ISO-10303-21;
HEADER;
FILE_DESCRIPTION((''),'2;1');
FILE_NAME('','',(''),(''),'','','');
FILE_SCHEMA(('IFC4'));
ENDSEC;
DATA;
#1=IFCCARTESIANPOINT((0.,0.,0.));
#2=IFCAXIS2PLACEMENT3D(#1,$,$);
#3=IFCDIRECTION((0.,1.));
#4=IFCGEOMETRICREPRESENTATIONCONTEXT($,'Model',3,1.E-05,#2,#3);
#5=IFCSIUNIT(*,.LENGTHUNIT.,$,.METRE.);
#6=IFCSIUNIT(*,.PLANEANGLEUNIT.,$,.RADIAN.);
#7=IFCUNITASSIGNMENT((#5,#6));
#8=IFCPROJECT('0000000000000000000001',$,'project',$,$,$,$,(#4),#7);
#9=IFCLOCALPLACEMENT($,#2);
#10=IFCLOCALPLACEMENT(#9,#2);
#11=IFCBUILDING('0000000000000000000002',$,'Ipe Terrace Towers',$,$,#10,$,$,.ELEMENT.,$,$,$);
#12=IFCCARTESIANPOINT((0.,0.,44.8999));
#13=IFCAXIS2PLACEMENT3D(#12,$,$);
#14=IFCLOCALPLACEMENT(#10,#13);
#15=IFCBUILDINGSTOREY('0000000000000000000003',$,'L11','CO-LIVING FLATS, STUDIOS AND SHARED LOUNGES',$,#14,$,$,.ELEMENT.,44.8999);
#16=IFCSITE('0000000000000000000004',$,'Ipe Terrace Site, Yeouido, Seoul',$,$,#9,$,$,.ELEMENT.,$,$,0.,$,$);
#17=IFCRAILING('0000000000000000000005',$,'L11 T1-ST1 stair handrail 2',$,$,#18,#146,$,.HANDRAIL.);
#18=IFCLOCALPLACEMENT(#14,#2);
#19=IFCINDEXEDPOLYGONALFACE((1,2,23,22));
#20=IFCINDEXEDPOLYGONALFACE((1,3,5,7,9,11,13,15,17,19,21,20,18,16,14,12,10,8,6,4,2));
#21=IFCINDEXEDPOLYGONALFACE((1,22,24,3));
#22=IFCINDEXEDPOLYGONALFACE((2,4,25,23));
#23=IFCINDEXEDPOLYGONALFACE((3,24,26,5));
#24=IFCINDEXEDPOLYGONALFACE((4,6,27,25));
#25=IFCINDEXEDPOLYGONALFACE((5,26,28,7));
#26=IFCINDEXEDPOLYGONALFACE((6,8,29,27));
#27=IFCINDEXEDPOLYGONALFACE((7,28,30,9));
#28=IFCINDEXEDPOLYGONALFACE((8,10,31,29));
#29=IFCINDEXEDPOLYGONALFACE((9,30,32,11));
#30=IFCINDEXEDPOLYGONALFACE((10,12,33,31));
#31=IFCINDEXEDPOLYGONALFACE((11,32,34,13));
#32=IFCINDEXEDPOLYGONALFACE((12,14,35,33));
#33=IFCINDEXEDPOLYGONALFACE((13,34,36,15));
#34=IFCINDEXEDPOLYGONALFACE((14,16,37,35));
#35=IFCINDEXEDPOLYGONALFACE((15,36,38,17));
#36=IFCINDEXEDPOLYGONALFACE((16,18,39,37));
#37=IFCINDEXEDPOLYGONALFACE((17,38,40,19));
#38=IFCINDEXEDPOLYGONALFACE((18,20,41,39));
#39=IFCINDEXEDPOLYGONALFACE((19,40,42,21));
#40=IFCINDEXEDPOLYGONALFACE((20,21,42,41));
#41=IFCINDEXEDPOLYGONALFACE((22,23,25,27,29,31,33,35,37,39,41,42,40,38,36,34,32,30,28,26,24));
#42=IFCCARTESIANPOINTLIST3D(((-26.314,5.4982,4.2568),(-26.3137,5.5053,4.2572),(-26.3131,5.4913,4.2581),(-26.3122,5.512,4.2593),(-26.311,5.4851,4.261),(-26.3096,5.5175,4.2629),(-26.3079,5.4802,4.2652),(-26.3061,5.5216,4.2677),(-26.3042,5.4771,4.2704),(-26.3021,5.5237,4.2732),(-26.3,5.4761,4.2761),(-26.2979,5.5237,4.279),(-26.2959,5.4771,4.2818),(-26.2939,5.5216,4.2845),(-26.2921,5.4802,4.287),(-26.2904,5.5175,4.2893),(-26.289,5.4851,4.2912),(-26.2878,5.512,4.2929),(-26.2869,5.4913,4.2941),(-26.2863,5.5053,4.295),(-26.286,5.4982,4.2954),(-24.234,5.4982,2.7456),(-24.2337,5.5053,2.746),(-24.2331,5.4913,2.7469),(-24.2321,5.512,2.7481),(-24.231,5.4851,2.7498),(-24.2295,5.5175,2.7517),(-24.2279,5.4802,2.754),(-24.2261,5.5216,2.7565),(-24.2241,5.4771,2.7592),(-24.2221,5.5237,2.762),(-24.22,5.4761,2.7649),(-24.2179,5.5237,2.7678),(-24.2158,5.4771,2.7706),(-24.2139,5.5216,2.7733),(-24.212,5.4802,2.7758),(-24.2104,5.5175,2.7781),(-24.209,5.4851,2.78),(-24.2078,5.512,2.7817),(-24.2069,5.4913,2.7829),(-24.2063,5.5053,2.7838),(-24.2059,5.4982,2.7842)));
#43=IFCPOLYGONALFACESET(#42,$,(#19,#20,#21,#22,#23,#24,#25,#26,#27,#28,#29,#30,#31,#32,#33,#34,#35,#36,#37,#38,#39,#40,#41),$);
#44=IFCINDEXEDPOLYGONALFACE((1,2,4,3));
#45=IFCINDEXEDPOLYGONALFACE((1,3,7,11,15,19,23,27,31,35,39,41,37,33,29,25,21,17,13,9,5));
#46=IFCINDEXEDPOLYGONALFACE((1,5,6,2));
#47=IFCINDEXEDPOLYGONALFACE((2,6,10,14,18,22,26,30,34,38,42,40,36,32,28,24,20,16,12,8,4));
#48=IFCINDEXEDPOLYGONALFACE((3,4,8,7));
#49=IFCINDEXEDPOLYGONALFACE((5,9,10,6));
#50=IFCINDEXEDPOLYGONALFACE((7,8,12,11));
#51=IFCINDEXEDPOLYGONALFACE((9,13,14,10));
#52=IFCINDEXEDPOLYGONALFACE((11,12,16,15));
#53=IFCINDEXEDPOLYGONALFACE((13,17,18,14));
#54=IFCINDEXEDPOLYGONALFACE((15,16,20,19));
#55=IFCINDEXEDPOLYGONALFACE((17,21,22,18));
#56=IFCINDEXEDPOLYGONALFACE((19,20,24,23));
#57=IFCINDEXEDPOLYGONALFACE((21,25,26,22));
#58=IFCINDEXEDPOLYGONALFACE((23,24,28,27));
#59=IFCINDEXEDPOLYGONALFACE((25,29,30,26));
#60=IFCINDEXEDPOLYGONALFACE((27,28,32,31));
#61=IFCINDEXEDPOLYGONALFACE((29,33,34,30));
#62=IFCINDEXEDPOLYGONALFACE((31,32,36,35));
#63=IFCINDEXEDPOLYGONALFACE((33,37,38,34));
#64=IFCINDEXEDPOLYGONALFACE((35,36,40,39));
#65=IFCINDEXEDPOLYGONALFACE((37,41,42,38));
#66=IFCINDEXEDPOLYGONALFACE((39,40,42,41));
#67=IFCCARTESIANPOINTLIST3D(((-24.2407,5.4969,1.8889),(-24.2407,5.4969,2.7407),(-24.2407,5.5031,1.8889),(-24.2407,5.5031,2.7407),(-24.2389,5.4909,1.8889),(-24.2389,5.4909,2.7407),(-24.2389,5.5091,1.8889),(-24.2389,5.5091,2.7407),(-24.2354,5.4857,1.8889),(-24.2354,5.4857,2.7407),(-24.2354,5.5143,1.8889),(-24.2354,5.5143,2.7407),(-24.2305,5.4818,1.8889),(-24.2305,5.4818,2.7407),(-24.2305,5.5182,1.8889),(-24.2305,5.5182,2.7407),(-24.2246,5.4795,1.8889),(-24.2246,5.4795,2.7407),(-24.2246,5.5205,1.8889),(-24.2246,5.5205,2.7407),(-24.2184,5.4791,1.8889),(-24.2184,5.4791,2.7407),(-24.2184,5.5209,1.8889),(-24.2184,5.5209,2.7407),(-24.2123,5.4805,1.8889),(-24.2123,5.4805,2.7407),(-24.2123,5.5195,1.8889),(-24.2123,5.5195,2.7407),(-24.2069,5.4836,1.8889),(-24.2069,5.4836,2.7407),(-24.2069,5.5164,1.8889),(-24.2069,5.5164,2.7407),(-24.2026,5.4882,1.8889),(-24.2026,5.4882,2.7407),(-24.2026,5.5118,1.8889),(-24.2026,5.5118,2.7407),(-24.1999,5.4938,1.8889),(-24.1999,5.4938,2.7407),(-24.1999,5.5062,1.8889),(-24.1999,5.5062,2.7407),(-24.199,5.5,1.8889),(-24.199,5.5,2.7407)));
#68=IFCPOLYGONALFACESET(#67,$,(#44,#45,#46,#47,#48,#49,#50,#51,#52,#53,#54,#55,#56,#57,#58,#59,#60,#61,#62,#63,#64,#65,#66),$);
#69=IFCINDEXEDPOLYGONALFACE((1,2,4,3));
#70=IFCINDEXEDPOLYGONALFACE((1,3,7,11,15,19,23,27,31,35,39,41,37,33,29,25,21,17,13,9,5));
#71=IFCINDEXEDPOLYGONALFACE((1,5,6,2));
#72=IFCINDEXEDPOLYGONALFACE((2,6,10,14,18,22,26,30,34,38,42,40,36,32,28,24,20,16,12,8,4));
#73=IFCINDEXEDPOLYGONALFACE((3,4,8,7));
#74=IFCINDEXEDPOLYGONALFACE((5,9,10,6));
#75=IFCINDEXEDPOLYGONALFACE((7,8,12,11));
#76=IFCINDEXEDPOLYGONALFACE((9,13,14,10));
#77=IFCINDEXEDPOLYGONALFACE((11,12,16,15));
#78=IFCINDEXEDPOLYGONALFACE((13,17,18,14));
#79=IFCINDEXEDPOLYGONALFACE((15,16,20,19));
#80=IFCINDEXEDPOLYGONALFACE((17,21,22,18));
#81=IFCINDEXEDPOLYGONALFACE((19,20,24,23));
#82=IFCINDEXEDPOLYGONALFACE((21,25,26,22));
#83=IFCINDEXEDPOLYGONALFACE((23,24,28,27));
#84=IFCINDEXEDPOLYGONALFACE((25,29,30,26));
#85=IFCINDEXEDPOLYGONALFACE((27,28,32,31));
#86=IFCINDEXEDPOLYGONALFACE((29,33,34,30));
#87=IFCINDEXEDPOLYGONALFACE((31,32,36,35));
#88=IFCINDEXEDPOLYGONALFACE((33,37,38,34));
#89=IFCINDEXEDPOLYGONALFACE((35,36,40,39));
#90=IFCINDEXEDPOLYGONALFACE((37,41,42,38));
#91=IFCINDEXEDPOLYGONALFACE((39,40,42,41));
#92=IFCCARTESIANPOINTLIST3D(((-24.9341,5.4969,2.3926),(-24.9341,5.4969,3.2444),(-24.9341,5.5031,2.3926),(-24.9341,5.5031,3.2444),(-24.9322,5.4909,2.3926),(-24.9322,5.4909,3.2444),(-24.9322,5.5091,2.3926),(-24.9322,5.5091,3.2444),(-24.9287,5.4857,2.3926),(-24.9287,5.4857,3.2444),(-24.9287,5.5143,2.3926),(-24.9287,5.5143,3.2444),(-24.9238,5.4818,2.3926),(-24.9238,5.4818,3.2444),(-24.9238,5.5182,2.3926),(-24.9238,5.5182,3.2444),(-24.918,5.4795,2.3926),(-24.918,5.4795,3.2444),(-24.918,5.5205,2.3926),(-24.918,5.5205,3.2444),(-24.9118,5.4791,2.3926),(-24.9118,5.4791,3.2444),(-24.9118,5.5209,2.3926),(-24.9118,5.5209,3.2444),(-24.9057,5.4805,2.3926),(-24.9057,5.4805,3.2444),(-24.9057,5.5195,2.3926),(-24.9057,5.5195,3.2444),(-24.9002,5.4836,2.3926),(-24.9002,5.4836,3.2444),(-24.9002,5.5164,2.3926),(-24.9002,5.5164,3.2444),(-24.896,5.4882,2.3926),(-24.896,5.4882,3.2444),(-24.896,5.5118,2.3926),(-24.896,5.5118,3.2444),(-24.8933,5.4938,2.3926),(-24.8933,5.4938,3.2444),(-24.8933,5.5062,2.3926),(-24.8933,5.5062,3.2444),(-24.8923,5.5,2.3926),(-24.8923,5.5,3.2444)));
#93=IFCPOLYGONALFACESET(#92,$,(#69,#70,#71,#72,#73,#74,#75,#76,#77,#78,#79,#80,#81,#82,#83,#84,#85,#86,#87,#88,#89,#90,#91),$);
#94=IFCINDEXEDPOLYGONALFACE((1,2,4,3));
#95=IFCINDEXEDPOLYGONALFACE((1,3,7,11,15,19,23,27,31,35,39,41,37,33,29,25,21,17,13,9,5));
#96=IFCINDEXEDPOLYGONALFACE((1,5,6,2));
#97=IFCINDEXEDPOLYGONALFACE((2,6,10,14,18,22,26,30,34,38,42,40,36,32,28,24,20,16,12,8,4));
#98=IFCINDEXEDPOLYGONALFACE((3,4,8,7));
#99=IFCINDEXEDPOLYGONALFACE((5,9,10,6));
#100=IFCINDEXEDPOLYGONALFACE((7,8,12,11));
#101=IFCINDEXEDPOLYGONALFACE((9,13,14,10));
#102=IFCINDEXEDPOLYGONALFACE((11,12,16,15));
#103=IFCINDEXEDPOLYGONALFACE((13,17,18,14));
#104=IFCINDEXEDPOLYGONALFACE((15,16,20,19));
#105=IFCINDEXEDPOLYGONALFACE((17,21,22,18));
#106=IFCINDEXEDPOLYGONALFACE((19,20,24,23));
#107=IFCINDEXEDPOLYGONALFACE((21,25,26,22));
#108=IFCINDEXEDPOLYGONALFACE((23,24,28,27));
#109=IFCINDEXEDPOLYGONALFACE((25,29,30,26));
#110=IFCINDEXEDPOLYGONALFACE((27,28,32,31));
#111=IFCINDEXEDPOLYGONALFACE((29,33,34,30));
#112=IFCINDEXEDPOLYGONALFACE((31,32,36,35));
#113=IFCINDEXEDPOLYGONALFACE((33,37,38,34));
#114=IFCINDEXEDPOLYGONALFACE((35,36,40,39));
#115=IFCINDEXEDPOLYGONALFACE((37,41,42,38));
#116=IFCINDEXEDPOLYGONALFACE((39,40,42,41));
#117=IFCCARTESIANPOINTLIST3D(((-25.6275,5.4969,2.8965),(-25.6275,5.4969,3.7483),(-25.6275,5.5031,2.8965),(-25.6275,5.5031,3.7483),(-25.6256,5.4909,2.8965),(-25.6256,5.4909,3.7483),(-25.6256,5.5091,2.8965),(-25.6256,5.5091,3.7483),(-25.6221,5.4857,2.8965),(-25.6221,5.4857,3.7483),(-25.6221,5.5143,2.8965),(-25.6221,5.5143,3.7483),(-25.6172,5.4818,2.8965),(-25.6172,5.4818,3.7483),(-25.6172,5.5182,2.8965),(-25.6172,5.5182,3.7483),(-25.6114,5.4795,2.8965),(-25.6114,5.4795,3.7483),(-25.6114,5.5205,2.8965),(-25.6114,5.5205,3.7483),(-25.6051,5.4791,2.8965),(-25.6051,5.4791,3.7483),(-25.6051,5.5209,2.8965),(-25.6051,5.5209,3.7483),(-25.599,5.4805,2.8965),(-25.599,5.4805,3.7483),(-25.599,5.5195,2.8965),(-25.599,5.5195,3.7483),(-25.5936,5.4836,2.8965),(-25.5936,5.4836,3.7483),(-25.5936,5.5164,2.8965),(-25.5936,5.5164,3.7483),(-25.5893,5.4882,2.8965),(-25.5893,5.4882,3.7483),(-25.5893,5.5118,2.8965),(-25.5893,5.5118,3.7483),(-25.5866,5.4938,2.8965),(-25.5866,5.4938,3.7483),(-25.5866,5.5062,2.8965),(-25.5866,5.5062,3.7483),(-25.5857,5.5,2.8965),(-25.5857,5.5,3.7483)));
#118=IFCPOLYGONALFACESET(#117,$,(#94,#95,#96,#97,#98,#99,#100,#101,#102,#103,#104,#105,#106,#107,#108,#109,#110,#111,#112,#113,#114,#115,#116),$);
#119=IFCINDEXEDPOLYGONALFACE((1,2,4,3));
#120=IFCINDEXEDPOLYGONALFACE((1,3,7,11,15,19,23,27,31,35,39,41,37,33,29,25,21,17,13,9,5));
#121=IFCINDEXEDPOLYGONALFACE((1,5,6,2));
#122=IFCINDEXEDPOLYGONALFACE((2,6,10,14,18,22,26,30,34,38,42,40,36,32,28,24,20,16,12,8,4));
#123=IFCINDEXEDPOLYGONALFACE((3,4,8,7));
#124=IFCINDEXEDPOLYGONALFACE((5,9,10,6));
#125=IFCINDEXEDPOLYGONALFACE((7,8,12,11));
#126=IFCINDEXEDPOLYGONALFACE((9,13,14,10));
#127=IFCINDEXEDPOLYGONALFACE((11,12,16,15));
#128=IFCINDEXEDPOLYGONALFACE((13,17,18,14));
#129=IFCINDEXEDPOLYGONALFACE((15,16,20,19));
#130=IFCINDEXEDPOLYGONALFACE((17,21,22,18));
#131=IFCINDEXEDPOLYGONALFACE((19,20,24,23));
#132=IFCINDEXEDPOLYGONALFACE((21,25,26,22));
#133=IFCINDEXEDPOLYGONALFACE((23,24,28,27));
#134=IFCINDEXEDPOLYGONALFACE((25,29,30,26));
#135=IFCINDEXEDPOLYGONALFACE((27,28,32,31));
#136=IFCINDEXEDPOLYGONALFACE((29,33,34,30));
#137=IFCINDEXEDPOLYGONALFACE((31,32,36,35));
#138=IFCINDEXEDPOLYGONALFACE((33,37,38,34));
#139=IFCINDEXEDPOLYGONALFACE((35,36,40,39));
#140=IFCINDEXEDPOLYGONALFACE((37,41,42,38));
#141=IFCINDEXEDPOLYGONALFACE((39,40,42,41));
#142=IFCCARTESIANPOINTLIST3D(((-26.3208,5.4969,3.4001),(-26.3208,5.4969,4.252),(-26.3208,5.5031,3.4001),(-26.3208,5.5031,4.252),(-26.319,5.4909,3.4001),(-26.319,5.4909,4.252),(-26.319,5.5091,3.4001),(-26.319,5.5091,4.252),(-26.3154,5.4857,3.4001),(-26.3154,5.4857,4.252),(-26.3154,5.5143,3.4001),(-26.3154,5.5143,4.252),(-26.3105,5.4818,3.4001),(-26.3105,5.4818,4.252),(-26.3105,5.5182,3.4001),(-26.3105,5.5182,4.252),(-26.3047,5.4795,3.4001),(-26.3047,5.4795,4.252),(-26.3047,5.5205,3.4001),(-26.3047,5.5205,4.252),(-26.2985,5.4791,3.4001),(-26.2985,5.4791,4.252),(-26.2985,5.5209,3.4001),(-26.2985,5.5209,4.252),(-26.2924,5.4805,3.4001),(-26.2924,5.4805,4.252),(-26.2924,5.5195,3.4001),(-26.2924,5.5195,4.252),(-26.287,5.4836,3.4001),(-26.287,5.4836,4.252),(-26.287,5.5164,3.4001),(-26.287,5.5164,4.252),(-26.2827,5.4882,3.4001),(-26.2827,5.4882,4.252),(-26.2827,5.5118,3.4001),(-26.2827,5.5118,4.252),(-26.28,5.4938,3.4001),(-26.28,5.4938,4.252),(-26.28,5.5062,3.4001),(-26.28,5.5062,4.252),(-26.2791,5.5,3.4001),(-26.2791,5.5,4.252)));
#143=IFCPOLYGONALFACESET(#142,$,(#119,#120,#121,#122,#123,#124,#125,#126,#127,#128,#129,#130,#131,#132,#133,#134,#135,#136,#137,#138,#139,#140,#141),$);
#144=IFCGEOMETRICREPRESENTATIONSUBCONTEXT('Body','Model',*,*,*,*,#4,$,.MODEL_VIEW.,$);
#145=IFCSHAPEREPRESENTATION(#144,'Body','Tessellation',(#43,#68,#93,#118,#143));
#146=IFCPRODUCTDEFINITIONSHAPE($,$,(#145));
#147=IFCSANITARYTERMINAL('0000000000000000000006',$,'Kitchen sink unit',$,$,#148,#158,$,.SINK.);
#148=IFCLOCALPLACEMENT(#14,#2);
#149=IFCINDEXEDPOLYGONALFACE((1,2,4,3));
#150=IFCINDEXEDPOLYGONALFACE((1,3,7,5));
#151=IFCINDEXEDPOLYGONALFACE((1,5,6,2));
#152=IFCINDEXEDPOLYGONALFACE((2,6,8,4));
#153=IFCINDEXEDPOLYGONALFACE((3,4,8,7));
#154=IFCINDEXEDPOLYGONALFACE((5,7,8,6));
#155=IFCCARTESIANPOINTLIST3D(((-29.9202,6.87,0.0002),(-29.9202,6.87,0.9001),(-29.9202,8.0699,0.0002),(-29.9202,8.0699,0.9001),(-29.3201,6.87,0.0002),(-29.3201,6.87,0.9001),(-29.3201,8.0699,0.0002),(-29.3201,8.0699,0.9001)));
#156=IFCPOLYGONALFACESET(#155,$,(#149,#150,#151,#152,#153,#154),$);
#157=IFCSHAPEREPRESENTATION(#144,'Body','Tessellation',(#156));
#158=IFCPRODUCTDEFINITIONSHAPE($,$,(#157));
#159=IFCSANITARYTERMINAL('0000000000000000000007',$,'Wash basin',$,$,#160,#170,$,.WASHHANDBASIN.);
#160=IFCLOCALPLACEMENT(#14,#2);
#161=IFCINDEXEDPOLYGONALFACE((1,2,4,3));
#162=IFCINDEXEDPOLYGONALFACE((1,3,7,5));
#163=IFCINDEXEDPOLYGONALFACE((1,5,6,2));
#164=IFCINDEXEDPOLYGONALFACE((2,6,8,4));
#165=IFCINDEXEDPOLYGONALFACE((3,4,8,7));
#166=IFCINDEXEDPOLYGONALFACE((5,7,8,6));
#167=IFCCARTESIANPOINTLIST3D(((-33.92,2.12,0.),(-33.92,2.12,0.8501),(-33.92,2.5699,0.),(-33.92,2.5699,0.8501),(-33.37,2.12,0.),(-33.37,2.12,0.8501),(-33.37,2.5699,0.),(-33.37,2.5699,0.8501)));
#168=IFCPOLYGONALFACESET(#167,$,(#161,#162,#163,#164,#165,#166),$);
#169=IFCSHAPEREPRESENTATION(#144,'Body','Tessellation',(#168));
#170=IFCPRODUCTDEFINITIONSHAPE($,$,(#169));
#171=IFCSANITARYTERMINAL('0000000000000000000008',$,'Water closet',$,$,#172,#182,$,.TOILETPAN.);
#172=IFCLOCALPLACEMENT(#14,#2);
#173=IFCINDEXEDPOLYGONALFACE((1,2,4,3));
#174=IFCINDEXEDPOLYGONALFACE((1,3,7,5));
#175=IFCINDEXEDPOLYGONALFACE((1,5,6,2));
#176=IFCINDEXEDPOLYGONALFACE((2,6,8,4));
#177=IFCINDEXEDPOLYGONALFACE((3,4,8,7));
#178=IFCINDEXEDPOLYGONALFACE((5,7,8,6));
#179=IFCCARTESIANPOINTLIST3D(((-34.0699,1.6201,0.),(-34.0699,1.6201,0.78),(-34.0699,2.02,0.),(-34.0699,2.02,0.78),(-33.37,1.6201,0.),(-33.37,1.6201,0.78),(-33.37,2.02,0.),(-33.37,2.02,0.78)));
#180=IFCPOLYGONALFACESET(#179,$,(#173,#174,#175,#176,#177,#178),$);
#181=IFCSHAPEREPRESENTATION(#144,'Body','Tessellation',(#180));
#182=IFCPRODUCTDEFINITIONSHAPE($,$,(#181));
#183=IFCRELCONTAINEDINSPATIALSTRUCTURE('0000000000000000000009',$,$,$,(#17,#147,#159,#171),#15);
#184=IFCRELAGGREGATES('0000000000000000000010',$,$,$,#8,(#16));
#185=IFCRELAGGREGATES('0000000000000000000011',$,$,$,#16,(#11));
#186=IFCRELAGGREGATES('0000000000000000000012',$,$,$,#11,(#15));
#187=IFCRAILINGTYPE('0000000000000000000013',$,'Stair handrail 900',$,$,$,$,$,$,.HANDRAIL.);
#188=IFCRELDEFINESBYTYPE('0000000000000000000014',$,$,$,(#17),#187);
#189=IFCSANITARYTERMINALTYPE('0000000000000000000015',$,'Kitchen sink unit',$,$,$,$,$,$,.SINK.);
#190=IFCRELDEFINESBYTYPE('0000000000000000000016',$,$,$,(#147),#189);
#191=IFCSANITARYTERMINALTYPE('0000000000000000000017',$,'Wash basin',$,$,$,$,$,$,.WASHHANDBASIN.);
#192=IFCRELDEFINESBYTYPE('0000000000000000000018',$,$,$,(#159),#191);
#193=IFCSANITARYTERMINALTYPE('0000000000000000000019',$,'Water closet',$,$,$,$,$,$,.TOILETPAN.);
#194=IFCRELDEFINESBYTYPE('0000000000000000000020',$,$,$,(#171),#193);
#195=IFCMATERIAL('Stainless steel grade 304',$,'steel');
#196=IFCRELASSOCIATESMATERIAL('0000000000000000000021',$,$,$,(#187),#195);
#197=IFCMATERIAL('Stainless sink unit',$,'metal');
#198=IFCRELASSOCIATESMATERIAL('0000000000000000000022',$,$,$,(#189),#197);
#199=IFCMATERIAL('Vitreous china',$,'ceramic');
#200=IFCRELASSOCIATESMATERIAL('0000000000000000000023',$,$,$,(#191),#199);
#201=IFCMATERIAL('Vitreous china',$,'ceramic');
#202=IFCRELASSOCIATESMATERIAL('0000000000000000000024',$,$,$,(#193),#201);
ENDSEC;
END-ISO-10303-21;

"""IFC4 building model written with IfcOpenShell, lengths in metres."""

from ifc_helpers import new_model, si_unit, direction, frame, origin, origin_2d, place, context, subcontext, project, spatial, rectangle, circle, extrude, material, type_object, element, save


model = new_model("IFC4")

# Units and contexts
model_context = context("Model", 3, precision=1e-05, world=origin(), true_north=direction((0.0, 1.0)))
body_context = subcontext(model_context, "Body", "Model", "MODEL_VIEW")
ifc_project = project(units=[si_unit("LENGTHUNIT", "METRE"), si_unit("PLANEANGLEUNIT", "RADIAN")], contexts=[model_context])

# Site, building, storey
site_placement = place(None, origin())
site = spatial("IfcSite", under=ifc_project, at=site_placement, Name="Ipe Terrace Site, Yeouido, Seoul", CompositionType="ELEMENT", RefElevation=0.0)
building_placement = place(site_placement, origin())
building = spatial("IfcBuilding", under=site, at=building_placement, Name="Ipe Terrace Towers", CompositionType="ELEMENT")
storey_placement = place(building_placement, frame((0.0, 0.0, 44.8999)))
storey = spatial("IfcBuildingStorey", under=building, at=storey_placement, Name="L11", Description="CO-LIVING FLATS, STUDIOS AND SHARED LOUNGES", CompositionType="ELEMENT", Elevation=44.8999)

# Railing
ifc_material_1 = material(Name="Stainless steel grade 304", Category="steel")
railing_type_1 = type_object("IfcRailingType", Name="Stair handrail 900", PredefinedType="HANDRAIL", material=ifc_material_1)
railing_1_placement = place(storey_placement, frame((-24.22, 5.5, 1.8889)))
element("IfcRailing", 1, at=railing_1_placement, inside=storey, type_object=railing_type_1, Name="L11 T1-ST1 stair handrail 2", PredefinedType="HANDRAIL", context=body_context, shape_type="SweptSolid", body=[
    extrude(circle(Radius=0.0239, at=origin_2d()), frame((0.0, 0.0, 0.876), z_axis=(-0.809023, 0.0, 0.587776), x_axis=(0.0, -1.0, 0.0)), (0.0, 0.0, 1.0), 2.571),
    extrude(circle(Radius=0.021, at=origin_2d()), origin(), (0.0, 0.0, 1.0), 0.8518),
    extrude(circle(Radius=0.021, at=origin_2d()), frame((-0.6934, 0.0, 0.5037)), (0.0, 0.0, 1.0), 0.8518),
    extrude(circle(Radius=0.021, at=origin_2d()), frame((-1.3867, 0.0, 1.0076)), (0.0, 0.0, 1.0), 0.8518),
    extrude(circle(Radius=0.021, at=origin_2d()), frame((-2.0801, 0.0, 1.5112)), (0.0, 0.0, 1.0), 0.8518),
])

# Sanitary terminals
ifc_material_2 = material(Name="Stainless sink unit", Category="metal")
sanitary_terminal_type_1 = type_object("IfcSanitaryTerminalType", Name="Kitchen sink unit", PredefinedType="SINK", material=ifc_material_2)
sanitary_terminal_1_placement = place(storey_placement, frame((-29.6201, 7.47, 0.0002), z_axis=(0.0, 0.0, 1.0), x_axis=(0.0, -1.0, 0.0)))
element("IfcSanitaryTerminal", 2, at=sanitary_terminal_1_placement, inside=storey, type_object=sanitary_terminal_type_1, Name="Kitchen sink unit", PredefinedType="SINK", context=body_context, shape_type="SweptSolid", body=[
    extrude(rectangle(XDim=1.2, YDim=0.6001, at=origin_2d()), origin(), (0.0, 0.0, 1.0), 0.8999),
])
ifc_material_3 = material(Name="Vitreous china", Category="ceramic")
sanitary_terminal_type_2 = type_object("IfcSanitaryTerminalType", Name="Wash basin", PredefinedType="WASHHANDBASIN", material=ifc_material_3)
sanitary_terminal_2_placement = place(storey_placement, frame((-33.645, 2.345, 0.0), z_axis=(0.0, 0.0, 1.0), x_axis=(-1.0, 0.0, 0.0)))
element("IfcSanitaryTerminal", 3, at=sanitary_terminal_2_placement, inside=storey, type_object=sanitary_terminal_type_2, Name="Wash basin", PredefinedType="WASHHANDBASIN", context=body_context, shape_type="SweptSolid", body=[
    extrude(rectangle(XDim=0.55, YDim=0.45, at=origin_2d()), origin(), (0.0, 0.0, 1.0), 0.8501),
])
ifc_material_4 = material(Name="Vitreous china", Category="ceramic")
sanitary_terminal_type_3 = type_object("IfcSanitaryTerminalType", Name="Water closet", PredefinedType="TOILETPAN", material=ifc_material_4)
sanitary_terminal_3_placement = place(storey_placement, frame((-33.72, 1.8201, 0.0), z_axis=(0.0, 0.0, 1.0), x_axis=(-1.0, 0.0, 0.0)))
element("IfcSanitaryTerminal", 4, at=sanitary_terminal_3_placement, inside=storey, type_object=sanitary_terminal_type_3, Name="Water closet", PredefinedType="TOILETPAN", context=body_context, shape_type="SweptSolid", body=[
    extrude(rectangle(XDim=0.7, YDim=0.3999, at=origin_2d()), origin(), (0.0, 0.0, 1.0), 0.78),
])

save(model, "model.ifc")
